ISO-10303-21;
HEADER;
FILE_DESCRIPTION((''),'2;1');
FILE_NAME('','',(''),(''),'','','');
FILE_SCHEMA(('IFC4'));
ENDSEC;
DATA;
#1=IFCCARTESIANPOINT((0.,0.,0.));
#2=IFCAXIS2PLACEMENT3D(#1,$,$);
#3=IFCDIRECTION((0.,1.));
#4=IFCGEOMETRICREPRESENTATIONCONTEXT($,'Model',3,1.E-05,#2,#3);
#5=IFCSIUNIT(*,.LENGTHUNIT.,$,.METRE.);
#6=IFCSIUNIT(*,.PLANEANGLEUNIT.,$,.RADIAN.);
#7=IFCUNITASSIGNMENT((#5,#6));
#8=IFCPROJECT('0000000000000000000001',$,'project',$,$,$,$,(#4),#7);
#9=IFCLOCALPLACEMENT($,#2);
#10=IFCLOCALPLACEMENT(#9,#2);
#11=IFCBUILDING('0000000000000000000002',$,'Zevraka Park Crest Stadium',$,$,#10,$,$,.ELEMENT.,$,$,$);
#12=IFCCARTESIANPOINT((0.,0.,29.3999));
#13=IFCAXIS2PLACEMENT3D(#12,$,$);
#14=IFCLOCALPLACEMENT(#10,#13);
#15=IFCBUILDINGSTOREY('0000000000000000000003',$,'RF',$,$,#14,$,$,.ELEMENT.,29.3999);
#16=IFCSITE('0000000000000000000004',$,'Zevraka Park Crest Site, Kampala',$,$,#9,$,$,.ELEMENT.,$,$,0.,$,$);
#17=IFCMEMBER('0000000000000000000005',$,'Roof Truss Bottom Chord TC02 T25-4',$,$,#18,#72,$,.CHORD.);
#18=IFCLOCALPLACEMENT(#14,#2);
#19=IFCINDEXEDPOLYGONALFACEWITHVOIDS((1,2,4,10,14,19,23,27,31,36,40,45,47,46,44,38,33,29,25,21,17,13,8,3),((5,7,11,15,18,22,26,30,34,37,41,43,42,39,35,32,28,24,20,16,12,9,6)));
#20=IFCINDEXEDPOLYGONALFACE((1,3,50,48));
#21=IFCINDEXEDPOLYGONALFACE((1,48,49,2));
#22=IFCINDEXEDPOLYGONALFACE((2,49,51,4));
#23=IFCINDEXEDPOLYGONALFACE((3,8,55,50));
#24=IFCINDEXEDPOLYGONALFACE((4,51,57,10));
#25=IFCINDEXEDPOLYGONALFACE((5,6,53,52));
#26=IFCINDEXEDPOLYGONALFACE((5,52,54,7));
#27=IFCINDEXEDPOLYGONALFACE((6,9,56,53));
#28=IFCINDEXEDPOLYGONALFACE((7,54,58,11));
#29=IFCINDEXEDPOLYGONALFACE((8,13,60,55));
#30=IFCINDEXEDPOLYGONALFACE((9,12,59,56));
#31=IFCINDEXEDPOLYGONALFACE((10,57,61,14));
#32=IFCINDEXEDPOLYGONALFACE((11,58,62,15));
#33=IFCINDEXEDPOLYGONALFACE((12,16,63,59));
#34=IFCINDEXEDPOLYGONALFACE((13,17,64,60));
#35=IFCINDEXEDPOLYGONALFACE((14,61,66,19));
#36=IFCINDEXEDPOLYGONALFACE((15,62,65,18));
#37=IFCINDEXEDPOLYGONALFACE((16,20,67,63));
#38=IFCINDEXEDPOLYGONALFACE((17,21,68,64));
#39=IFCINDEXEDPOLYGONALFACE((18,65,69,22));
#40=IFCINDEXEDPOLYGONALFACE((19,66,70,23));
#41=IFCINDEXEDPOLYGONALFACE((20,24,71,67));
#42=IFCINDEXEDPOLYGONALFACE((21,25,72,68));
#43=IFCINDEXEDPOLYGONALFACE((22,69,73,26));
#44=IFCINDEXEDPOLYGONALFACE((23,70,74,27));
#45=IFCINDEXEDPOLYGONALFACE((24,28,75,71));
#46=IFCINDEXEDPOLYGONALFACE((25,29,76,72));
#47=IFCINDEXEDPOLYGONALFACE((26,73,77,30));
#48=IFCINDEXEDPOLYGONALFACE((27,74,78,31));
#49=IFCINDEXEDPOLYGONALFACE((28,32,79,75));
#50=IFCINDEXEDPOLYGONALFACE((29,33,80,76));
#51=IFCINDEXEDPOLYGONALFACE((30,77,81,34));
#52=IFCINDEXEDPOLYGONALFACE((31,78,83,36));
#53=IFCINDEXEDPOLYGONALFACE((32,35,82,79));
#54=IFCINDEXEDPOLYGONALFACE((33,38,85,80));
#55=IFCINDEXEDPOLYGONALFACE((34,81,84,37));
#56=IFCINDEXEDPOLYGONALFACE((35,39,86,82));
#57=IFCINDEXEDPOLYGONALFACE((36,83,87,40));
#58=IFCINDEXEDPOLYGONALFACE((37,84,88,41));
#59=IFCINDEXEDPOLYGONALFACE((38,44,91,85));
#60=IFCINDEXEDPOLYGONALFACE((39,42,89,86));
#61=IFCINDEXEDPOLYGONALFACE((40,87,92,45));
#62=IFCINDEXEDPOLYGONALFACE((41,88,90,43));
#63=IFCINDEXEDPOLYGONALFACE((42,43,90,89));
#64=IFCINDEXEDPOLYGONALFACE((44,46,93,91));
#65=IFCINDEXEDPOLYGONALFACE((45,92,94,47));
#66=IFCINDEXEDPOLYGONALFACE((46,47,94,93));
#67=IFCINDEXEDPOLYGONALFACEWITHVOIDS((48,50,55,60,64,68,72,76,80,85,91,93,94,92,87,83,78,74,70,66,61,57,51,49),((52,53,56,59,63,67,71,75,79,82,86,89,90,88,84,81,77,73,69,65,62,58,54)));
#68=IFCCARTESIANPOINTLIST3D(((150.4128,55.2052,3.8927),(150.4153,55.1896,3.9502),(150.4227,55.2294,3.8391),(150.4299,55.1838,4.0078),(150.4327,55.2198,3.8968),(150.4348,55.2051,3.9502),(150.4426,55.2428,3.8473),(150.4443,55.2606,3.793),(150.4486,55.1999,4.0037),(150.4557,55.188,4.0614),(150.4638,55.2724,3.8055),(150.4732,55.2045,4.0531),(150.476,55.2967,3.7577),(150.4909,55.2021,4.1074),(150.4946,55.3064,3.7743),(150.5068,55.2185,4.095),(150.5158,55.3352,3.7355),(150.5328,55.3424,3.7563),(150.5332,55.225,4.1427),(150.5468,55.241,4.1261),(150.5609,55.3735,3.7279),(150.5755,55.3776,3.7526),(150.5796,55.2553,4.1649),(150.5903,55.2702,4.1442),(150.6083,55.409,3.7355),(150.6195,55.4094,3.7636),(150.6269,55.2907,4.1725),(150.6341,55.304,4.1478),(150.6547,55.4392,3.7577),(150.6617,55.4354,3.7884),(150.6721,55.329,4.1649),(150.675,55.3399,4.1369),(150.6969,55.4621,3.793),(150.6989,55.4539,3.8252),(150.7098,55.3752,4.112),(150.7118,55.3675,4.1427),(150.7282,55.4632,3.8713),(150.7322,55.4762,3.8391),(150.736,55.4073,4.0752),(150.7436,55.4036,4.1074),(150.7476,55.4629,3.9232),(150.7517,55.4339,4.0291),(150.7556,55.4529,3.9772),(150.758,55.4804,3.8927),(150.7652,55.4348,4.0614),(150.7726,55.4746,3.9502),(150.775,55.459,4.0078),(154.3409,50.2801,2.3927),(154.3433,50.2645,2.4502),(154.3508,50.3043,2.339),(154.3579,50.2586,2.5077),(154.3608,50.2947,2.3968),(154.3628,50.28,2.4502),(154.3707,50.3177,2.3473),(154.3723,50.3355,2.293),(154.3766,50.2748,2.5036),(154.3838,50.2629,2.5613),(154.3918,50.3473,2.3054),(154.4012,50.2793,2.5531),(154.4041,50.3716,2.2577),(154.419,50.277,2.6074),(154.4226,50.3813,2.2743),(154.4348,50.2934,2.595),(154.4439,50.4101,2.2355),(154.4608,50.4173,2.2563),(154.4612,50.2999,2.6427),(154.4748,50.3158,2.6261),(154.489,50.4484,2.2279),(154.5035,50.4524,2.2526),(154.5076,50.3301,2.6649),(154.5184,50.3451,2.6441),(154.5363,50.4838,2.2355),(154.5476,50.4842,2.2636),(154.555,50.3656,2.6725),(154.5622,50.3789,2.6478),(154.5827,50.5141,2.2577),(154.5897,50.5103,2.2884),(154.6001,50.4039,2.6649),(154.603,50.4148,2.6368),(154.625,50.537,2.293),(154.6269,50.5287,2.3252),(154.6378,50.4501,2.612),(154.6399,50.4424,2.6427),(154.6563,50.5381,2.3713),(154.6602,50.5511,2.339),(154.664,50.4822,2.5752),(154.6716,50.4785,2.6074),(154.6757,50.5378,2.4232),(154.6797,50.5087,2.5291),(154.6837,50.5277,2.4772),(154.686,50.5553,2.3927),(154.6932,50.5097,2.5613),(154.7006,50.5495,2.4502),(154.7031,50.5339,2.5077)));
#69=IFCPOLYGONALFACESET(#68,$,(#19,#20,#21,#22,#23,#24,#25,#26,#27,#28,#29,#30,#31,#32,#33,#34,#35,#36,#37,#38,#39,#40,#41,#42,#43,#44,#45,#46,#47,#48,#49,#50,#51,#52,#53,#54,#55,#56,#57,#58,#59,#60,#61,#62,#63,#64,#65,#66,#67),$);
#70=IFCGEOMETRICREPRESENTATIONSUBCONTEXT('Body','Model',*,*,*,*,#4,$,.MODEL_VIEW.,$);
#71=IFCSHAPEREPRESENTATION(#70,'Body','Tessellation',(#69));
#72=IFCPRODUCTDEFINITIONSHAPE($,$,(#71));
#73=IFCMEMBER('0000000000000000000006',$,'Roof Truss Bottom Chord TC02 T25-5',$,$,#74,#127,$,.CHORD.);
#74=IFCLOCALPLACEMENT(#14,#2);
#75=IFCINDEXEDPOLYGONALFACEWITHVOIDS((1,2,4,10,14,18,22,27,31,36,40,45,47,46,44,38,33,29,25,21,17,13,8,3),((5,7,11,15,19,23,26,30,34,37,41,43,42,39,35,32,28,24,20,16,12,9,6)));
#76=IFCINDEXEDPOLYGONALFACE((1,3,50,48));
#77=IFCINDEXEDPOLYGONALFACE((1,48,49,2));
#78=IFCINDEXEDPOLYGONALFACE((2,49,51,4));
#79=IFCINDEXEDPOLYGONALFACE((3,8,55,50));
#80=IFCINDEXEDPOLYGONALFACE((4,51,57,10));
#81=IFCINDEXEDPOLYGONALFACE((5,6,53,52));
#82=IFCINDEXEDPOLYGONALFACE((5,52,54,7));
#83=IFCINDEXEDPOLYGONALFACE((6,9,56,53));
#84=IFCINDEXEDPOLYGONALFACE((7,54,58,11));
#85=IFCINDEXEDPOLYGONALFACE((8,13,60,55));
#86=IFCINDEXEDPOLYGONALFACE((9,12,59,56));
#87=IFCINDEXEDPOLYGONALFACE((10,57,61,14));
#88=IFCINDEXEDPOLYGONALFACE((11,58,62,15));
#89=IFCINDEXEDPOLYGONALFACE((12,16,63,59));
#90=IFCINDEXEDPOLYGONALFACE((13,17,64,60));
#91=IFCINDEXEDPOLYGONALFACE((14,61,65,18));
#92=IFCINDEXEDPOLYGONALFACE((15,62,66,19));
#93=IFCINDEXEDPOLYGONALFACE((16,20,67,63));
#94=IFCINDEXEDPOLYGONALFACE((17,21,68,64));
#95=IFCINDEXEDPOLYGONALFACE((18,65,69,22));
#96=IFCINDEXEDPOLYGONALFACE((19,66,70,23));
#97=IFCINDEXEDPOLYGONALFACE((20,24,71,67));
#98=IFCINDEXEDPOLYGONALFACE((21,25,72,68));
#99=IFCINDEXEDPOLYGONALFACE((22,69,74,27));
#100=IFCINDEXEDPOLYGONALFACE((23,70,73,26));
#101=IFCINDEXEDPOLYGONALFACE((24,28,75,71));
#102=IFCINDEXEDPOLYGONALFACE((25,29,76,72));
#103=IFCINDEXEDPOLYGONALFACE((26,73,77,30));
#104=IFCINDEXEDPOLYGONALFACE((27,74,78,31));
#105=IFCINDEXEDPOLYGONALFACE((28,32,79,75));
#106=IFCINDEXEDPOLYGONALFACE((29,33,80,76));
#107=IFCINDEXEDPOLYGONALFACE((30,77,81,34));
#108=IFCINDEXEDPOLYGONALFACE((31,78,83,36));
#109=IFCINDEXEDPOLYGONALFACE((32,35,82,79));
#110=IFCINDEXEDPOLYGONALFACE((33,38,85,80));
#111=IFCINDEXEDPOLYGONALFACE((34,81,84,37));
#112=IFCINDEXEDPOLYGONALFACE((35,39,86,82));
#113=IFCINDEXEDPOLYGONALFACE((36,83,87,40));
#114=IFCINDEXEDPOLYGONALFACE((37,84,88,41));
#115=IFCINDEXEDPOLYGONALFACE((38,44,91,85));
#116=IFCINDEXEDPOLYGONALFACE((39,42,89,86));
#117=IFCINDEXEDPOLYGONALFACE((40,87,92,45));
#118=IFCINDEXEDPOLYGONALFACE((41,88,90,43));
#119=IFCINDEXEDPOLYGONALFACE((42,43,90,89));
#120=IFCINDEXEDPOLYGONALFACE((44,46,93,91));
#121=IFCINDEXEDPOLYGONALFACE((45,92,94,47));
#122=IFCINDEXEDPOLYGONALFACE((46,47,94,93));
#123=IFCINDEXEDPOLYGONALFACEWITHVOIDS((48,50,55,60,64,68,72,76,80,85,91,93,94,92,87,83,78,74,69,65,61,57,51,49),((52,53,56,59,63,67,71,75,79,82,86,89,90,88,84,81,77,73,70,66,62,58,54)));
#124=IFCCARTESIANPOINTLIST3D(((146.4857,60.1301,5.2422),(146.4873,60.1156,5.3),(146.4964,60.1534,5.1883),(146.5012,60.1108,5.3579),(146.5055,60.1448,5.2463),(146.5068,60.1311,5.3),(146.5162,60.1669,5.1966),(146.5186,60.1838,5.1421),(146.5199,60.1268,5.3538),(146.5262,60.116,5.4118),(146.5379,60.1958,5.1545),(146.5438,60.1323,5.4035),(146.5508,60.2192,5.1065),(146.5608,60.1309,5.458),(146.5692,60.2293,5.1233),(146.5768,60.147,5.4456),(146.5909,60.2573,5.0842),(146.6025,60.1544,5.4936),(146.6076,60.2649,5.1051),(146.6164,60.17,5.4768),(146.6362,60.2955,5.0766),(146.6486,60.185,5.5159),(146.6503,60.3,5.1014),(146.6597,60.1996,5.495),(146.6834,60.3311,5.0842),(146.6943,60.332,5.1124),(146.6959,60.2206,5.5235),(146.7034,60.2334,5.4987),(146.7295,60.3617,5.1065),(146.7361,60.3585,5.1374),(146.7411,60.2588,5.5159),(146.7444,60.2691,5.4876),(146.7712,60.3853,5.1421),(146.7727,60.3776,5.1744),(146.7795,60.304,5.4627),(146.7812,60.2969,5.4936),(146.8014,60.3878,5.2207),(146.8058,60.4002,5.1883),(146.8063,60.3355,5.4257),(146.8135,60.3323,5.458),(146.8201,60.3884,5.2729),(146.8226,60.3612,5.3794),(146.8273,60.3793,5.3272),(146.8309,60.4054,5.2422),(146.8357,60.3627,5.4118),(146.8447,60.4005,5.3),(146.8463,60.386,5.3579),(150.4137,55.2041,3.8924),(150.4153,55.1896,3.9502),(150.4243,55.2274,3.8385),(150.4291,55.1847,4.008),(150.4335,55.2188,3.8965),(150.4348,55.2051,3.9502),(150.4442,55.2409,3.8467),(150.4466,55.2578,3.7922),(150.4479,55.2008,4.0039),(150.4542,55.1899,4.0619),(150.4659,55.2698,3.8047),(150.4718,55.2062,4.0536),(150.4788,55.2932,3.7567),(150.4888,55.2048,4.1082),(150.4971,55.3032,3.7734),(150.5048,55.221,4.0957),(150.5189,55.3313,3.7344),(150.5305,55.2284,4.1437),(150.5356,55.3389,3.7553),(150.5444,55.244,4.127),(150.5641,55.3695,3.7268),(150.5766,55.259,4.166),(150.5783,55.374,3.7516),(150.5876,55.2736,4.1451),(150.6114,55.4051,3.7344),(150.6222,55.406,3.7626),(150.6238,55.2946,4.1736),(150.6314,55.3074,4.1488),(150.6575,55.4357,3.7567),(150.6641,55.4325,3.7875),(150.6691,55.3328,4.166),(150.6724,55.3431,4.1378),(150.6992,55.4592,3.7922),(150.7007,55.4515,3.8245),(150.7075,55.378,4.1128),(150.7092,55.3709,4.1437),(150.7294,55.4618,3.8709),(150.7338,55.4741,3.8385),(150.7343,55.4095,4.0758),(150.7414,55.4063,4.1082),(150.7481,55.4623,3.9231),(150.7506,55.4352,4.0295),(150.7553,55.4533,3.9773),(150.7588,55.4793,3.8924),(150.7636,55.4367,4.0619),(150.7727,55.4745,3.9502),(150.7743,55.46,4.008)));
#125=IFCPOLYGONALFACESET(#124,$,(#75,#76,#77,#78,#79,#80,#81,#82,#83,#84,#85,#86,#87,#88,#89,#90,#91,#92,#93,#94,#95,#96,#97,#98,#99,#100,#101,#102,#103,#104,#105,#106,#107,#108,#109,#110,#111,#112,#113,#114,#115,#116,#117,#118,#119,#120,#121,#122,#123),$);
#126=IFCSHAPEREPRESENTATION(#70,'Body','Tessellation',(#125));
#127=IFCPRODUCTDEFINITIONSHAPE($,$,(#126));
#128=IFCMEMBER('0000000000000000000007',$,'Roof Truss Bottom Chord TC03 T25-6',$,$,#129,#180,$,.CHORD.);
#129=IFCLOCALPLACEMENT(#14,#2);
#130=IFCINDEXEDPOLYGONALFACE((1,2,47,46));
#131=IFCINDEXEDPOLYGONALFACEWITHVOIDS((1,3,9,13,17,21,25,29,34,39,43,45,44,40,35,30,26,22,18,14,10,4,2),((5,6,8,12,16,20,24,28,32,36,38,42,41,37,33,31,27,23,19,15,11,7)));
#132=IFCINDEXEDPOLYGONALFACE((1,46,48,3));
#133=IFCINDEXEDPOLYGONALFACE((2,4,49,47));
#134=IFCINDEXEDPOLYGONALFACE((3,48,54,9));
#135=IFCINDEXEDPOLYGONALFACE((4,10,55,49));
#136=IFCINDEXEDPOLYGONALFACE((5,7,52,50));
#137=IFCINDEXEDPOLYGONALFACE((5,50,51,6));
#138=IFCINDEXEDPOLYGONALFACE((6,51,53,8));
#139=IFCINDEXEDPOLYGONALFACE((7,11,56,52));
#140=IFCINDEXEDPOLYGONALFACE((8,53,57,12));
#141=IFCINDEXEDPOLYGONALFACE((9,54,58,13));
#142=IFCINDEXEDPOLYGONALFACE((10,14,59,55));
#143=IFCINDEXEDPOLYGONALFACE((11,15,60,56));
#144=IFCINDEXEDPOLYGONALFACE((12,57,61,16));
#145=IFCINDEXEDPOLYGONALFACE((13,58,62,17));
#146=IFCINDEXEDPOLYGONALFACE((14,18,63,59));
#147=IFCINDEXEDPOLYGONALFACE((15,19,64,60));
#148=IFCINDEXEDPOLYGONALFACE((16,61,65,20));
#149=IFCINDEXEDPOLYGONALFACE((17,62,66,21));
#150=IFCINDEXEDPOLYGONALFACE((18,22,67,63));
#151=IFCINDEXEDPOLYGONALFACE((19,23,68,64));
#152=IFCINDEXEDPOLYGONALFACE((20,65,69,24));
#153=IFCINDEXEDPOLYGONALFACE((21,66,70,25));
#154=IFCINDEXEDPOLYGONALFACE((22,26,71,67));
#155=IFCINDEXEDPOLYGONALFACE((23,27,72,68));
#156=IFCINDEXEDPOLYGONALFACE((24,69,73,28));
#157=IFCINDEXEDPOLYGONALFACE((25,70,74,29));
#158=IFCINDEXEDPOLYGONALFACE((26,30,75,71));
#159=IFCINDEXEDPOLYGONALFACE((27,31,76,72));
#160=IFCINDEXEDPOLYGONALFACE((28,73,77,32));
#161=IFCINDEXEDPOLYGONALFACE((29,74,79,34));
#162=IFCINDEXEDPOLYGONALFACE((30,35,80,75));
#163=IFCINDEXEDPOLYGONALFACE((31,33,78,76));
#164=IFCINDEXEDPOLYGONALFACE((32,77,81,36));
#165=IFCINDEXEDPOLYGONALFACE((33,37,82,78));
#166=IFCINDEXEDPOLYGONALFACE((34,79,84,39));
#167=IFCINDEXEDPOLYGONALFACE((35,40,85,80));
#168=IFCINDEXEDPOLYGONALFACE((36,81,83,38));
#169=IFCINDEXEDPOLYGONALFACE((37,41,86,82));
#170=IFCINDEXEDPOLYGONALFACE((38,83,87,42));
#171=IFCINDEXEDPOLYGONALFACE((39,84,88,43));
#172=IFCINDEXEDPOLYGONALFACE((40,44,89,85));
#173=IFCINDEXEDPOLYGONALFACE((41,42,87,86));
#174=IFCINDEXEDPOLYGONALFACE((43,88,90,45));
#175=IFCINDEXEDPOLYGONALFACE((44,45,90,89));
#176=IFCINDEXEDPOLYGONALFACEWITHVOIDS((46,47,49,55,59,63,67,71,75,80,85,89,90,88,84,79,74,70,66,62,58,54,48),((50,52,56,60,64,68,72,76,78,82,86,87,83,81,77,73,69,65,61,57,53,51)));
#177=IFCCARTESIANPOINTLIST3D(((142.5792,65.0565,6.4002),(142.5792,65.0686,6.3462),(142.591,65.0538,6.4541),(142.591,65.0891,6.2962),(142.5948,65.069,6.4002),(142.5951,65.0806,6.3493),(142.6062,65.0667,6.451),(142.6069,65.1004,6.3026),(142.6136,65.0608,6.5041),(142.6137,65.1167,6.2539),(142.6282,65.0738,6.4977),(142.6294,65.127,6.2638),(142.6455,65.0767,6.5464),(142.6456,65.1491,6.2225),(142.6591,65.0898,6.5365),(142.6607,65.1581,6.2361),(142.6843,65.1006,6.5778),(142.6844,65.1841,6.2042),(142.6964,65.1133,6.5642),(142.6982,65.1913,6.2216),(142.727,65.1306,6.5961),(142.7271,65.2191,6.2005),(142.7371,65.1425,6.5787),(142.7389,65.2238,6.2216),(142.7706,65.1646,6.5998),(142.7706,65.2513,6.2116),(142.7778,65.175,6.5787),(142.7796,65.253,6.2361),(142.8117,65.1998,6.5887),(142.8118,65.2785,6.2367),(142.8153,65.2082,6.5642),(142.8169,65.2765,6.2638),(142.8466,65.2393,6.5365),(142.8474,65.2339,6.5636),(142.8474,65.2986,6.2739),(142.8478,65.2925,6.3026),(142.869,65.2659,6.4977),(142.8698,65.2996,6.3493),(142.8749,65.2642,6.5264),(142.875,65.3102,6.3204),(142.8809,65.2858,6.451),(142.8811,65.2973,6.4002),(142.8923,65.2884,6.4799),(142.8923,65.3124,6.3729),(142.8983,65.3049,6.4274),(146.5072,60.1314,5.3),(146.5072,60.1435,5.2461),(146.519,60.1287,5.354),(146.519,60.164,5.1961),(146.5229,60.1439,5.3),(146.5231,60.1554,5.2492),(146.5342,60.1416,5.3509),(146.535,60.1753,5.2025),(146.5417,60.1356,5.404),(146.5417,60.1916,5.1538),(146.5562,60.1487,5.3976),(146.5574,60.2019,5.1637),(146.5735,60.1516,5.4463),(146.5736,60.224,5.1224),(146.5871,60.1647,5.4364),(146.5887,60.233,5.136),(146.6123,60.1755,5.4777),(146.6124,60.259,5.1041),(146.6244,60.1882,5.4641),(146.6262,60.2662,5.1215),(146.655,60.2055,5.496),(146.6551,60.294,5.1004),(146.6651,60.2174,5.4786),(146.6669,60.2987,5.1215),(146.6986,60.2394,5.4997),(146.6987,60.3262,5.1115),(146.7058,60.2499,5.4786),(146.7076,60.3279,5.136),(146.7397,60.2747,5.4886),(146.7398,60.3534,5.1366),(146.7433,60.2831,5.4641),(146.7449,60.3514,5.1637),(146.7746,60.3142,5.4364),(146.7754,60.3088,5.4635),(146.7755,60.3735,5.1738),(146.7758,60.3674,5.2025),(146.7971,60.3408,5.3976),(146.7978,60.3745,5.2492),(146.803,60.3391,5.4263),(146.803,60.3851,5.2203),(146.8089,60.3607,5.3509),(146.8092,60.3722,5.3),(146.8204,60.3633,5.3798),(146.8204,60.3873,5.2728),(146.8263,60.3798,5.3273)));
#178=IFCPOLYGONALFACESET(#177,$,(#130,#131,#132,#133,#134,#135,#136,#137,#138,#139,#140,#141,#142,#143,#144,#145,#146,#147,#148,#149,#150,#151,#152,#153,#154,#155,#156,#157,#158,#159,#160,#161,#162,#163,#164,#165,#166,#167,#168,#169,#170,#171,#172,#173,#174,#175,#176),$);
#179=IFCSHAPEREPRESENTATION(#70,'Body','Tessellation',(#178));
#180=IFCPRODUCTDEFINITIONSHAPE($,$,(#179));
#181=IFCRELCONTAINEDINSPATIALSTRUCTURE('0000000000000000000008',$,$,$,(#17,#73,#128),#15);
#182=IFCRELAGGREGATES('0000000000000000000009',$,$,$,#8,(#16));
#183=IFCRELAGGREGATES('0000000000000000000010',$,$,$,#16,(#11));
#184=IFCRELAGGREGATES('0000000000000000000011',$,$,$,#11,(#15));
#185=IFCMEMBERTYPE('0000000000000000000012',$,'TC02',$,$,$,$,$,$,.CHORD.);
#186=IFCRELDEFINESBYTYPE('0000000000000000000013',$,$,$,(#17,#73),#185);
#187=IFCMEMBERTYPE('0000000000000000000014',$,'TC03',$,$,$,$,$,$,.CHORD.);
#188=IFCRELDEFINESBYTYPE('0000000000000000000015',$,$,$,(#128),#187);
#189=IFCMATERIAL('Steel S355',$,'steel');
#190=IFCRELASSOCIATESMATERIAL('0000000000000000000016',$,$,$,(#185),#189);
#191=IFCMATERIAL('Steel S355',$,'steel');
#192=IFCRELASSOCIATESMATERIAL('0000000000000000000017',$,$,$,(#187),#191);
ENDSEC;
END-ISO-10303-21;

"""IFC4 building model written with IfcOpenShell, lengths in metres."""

from ifc_helpers import new_model, si_unit, direction, frame, origin, origin_2d, place, context, subcontext, project, spatial, hollow_circle, extrude, material, material_profile, profile_set, type_object, element, save


model = new_model("IFC4")

# Units and contexts
model_context = context("Model", 3, precision=1e-05, world=origin(), true_north=direction((0.0, 1.0)))
body_context = subcontext(model_context, "Body", "Model", "MODEL_VIEW")
ifc_project = project(units=[si_unit("LENGTHUNIT", "METRE"), si_unit("PLANEANGLEUNIT", "RADIAN")], contexts=[model_context])

# Site, building, storey
site_placement = place(None, origin())
site = spatial("IfcSite", under=ifc_project, at=site_placement, Name="Zevraka Park Crest Site, Kampala", CompositionType="ELEMENT", RefElevation=0.0)
building_placement = place(site_placement, origin())
building = spatial("IfcBuilding", under=site, at=building_placement, Name="Zevraka Park Crest Stadium", CompositionType="ELEMENT")
storey_placement = place(building_placement, frame((0.0, 0.0, 29.3999)))
storey = spatial("IfcBuildingStorey", under=building, at=storey_placement, Name="RF", CompositionType="ELEMENT", Elevation=29.3999)

# Members
ifc_material_1 = material(Name="Steel S355", Category="steel")
ifc_material_profile_1 = material_profile(ifc_material_1, hollow_circle(Radius=0.2285, WallThickness=0.0249, at=origin_2d()), Name="CHS 457.0x25")
ifc_profile_set_1 = profile_set([ifc_material_profile_1], Name="Steel S355")
member_type_1 = type_object("IfcMemberType", Name="TC02", PredefinedType="CHORD", material=ifc_profile_set_1)
member_1_placement = place(storey_placement, frame((154.522, 50.407, 2.4502), z_axis=(-0.606569, 0.760539, 0.231634), x_axis=(-0.781802, -0.623527, 0.0)))
element("IfcMember", 1, at=member_1_placement, inside=storey, type_object=member_type_1, Name="Roof Truss Bottom Chord TC02 T25-4", PredefinedType="CHORD", context=body_context, shape_type="SweptSolid", body=[
    extrude(hollow_circle(Radius=0.2285, WallThickness=0.0249, at=origin_2d()), origin(), (0.0, 0.0, 1.0), 6.4758),
])
member_2_placement = place(storey_placement, frame((150.594, 55.332, 3.9502), z_axis=(-0.609617, 0.764512, 0.209495), x_axis=(-0.781862, -0.623451, 0.0)))
element("IfcMember", 2, at=member_2_placement, inside=storey, type_object=member_type_1, Name="Roof Truss Bottom Chord TC02 T25-5", PredefinedType="CHORD", context=body_context, shape_type="SweptSolid", body=[
    extrude(hollow_circle(Radius=0.2285, WallThickness=0.0249, at=origin_2d()), origin(), (0.0, 0.0, 1.0), 6.4434),
])
ifc_material_2 = material(Name="Steel S355", Category="steel")
ifc_material_profile_2 = material_profile(ifc_material_2, hollow_circle(Radius=0.2031, WallThickness=0.02, at=origin_2d()), Name="CHS 406.4x20")
ifc_profile_set_2 = profile_set([ifc_material_profile_2], Name="Steel S355")
member_type_2 = type_object("IfcMemberType", Name="TC03", PredefinedType="CHORD", material=ifc_profile_set_2)
member_3_placement = place(storey_placement, frame((146.666, 60.2581, 5.3), z_axis=(-0.614232, 0.770147, 0.172026), x_axis=(-0.781802, -0.623527, 0.0)))
element("IfcMember", 3, at=member_3_placement, inside=storey, type_object=member_type_2, Name="Roof Truss Bottom Chord TC03 T25-6", PredefinedType="CHORD", context=body_context, shape_type="SweptSolid", body=[
    extrude(hollow_circle(Radius=0.2031, WallThickness=0.02, at=origin_2d()), origin(), (0.0, 0.0, 1.0), 6.395),
])

save(model, "model.ifc")
